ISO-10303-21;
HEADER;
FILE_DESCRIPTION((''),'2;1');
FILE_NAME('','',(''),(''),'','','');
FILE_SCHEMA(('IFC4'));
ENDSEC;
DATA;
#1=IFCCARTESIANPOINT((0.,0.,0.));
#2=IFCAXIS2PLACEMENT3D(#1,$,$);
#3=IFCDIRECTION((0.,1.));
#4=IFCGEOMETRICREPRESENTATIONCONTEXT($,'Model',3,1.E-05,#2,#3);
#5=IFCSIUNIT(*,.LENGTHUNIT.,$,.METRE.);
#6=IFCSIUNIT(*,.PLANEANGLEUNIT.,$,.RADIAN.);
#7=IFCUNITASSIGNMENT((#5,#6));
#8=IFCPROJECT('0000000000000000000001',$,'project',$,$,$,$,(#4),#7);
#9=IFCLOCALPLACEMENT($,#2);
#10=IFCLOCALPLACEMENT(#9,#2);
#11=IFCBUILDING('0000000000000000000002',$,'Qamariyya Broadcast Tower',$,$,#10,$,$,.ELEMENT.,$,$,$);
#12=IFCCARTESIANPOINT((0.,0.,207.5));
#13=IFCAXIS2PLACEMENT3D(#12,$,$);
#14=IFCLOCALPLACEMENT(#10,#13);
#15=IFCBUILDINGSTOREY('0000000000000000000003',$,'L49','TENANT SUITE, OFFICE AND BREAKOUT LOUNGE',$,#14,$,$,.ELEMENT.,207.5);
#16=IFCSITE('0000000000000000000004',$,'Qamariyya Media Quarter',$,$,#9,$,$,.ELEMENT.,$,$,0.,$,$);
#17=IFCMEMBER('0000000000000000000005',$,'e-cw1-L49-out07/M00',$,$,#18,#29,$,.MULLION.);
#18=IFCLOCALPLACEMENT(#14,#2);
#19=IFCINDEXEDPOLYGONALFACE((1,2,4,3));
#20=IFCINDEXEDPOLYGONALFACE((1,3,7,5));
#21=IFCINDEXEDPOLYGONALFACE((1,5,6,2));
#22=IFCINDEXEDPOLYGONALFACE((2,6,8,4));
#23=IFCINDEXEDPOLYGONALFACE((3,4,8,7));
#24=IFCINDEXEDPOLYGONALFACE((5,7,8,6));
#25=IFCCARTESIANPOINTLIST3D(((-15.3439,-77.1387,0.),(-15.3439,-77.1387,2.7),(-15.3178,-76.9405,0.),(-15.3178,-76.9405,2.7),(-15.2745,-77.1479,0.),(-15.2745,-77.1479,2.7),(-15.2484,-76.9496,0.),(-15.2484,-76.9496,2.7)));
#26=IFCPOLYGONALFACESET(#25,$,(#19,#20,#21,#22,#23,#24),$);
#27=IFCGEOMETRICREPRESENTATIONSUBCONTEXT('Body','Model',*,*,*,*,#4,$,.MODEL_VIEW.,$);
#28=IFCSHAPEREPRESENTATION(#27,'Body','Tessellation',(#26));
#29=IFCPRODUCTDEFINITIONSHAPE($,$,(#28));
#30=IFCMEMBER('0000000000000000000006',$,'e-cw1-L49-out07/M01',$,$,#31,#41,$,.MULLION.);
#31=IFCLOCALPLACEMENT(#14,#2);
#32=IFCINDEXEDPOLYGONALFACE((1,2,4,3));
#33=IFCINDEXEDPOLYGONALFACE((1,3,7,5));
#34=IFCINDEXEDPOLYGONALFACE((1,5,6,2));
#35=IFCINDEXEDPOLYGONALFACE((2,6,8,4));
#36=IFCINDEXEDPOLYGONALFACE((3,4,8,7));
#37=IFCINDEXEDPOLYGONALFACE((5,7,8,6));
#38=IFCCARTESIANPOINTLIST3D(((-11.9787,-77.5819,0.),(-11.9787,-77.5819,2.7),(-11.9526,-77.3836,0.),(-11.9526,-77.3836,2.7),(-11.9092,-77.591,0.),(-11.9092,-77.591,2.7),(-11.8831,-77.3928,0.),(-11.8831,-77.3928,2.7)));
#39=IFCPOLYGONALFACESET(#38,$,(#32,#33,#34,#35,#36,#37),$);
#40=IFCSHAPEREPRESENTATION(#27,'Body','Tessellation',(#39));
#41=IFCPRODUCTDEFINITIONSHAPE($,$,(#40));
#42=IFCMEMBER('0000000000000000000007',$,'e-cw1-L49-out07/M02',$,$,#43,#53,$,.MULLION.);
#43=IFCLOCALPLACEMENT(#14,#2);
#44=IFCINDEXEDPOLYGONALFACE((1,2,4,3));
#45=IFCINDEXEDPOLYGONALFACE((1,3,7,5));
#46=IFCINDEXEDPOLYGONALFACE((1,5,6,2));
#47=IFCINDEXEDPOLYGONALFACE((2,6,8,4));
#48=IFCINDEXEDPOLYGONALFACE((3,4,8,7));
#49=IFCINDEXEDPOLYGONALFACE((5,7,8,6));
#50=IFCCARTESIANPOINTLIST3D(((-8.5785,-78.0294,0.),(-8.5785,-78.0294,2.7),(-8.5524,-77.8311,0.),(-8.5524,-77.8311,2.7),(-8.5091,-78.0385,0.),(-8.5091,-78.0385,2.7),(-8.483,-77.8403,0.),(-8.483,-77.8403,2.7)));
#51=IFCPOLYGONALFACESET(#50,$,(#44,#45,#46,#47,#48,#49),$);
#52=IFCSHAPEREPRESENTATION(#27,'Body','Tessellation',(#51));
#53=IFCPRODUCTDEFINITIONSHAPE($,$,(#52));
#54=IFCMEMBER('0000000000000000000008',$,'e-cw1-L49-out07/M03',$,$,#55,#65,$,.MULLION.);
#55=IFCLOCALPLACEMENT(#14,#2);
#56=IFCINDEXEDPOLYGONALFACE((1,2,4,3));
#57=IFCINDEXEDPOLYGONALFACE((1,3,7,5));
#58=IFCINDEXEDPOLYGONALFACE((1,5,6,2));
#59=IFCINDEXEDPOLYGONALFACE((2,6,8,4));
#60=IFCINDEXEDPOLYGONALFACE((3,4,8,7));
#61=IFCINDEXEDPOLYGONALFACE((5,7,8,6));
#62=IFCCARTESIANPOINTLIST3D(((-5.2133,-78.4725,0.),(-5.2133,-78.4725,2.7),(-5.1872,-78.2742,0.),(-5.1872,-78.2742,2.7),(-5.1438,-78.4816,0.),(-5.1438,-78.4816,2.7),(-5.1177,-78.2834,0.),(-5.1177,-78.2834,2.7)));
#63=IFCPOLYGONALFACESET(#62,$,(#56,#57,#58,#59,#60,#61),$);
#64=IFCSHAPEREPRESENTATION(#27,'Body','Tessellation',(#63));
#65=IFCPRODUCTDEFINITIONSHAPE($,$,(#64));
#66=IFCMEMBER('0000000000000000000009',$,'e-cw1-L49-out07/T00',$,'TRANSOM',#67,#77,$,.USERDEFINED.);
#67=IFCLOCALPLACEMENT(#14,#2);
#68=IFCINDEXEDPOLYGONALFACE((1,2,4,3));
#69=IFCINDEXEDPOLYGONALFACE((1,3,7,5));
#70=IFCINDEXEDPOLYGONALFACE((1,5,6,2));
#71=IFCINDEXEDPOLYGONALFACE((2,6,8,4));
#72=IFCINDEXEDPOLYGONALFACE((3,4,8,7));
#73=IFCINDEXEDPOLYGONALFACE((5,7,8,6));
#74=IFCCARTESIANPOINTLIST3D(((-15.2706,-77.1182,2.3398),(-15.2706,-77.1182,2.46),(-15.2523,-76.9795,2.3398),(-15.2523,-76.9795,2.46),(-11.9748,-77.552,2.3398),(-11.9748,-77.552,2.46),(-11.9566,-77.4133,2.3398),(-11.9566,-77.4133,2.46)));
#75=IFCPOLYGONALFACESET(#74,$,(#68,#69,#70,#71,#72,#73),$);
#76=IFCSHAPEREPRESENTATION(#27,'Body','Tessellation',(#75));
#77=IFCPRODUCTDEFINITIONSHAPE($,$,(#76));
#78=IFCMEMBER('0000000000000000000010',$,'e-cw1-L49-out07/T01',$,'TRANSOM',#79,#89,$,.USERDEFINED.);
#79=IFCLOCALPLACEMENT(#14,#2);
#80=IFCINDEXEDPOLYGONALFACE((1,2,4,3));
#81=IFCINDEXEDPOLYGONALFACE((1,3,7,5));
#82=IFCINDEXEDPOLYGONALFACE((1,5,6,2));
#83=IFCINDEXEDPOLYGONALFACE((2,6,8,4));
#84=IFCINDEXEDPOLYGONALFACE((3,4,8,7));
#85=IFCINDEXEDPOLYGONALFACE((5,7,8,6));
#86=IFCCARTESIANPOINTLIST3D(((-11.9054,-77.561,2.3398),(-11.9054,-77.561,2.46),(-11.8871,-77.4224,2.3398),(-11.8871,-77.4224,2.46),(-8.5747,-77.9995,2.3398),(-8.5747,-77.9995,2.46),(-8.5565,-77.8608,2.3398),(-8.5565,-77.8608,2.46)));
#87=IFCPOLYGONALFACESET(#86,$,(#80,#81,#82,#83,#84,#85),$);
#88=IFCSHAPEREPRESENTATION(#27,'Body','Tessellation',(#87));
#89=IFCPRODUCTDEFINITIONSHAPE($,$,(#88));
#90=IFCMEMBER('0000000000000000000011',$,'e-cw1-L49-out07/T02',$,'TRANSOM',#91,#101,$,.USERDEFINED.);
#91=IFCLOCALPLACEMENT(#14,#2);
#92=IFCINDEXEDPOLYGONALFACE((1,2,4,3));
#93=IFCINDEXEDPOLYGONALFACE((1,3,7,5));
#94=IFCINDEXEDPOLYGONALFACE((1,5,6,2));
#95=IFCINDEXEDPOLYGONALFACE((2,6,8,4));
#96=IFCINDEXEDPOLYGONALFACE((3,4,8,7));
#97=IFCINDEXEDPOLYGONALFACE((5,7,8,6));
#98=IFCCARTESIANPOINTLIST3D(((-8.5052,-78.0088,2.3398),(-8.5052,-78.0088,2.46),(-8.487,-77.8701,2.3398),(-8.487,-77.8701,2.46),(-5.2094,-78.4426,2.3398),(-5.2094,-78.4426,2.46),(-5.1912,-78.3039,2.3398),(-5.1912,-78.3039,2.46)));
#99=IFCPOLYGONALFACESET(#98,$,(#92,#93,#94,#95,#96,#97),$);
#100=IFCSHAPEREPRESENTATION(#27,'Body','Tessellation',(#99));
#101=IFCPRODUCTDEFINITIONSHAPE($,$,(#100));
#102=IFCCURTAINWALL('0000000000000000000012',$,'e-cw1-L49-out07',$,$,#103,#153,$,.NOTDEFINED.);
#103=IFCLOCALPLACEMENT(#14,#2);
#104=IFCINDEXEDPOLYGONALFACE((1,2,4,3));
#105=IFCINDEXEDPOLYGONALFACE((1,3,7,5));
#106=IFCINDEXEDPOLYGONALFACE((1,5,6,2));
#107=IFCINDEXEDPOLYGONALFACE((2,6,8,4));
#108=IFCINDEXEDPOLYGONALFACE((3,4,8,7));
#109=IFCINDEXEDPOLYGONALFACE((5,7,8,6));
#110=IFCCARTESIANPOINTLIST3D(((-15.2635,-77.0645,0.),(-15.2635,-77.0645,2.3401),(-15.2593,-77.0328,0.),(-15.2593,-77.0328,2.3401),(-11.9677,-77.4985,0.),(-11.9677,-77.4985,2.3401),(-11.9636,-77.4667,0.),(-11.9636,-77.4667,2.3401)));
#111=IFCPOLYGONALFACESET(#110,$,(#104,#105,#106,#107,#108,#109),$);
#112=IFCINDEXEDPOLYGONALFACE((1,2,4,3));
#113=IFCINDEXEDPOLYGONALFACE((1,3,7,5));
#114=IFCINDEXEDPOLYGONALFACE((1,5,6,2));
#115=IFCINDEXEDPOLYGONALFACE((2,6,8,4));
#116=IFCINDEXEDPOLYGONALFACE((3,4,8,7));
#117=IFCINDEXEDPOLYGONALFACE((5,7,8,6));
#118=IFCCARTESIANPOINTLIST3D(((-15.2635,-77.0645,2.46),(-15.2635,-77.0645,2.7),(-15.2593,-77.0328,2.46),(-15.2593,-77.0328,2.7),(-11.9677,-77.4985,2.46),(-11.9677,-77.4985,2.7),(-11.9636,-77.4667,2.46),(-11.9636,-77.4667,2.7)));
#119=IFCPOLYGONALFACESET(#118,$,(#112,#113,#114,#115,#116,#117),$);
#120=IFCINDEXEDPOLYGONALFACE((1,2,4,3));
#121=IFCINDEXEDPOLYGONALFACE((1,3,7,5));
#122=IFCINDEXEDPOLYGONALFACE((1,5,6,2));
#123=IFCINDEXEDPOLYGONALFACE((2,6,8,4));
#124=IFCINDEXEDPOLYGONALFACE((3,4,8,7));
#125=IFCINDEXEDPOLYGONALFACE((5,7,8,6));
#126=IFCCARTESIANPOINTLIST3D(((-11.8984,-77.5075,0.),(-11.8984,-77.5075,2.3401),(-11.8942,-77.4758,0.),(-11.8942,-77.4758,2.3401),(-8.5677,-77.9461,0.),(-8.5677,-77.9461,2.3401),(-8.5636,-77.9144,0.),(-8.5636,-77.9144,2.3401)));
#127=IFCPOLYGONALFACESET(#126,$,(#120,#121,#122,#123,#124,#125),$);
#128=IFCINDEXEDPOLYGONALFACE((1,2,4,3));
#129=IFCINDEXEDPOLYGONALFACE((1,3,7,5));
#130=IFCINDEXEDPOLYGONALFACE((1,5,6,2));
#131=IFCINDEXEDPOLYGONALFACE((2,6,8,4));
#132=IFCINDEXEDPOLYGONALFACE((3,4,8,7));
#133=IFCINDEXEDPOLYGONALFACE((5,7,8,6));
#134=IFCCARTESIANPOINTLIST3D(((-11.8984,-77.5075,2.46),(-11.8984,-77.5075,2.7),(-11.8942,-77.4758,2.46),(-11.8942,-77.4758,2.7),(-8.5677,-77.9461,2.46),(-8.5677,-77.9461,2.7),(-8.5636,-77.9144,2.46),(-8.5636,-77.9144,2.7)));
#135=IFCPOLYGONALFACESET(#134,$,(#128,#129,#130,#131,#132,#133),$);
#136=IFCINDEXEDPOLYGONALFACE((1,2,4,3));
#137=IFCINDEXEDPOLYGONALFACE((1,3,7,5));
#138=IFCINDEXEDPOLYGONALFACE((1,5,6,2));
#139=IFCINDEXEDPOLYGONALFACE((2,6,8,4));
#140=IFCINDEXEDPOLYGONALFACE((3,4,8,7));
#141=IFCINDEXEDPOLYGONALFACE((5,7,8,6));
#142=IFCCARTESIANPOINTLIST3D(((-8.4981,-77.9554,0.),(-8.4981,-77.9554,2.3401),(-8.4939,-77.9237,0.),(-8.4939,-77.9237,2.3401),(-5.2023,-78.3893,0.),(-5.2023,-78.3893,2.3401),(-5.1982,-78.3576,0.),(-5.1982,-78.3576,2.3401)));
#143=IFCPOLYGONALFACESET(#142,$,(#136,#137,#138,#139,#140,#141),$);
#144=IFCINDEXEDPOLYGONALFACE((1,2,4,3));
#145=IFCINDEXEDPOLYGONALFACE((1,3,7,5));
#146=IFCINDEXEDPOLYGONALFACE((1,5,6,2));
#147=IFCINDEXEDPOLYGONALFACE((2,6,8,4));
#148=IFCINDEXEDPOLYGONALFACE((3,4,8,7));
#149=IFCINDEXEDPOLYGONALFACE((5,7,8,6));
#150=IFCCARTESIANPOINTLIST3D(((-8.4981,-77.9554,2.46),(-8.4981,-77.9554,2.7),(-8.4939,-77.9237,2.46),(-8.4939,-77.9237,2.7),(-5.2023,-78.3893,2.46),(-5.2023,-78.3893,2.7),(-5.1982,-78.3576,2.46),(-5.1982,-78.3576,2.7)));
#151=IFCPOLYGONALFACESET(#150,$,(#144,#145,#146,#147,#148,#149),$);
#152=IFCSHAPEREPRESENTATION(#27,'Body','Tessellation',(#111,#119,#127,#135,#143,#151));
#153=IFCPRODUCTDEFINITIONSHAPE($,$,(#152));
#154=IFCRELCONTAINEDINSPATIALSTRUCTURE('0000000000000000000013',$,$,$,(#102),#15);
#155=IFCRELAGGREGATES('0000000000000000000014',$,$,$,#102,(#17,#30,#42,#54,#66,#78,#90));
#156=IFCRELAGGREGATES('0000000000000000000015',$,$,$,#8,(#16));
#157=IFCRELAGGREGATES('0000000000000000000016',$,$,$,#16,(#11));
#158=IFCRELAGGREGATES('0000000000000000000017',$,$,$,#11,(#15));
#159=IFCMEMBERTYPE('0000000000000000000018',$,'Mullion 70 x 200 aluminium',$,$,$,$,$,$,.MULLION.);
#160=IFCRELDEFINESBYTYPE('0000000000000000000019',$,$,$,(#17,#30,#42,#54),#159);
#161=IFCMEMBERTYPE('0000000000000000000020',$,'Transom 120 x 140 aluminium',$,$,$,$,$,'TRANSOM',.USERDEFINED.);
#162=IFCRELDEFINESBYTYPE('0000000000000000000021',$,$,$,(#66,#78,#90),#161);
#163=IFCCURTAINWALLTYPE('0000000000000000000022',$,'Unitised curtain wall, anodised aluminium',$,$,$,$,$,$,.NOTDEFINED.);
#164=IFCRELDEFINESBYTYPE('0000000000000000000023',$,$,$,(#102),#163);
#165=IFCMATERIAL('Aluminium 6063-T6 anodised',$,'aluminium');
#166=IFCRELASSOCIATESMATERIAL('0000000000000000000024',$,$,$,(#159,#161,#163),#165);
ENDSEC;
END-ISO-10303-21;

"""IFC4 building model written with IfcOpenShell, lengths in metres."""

from ifc_helpers import new_model, si_unit, direction, frame, origin, origin_2d, place, context, subcontext, project, spatial, rectangle, extrude, material, material_profile, profile_set, type_object, element, aggregate, save


model = new_model("IFC4")

# Units and contexts
model_context = context("Model", 3, precision=1e-05, world=origin(), true_north=direction((0.0, 1.0)))
body_context = subcontext(model_context, "Body", "Model", "MODEL_VIEW")
ifc_project = project(units=[si_unit("LENGTHUNIT", "METRE"), si_unit("PLANEANGLEUNIT", "RADIAN")], contexts=[model_context])

# Members
ifc_material = material(Name="Aluminium 6063-T6 anodised", Category="aluminium")
ifc_material_profile_1 = material_profile(ifc_material, rectangle(XDim=0.2, YDim=0.0701, at=origin_2d()))
ifc_profile_set_1 = profile_set([ifc_material_profile_1], Name="Aluminium 6063-T6 anodised")
member_type_1 = type_object("IfcMemberType", Name="Mullion 70 x 200 aluminium", PredefinedType="MULLION", material=ifc_profile_set_1)
site_placement = place(None, origin())
building_placement = place(site_placement, origin())
storey_placement = place(building_placement, frame((0.0, 0.0, 207.5)))
member_1_placement = place(storey_placement, frame((-15.2961, -77.0442, 0.0), z_axis=(0.0, 0.0, 1.0), x_axis=(0.130526, 0.991445, 0.0)))
member_1 = element("IfcMember", 1, at=member_1_placement, type_object=member_type_1, Name="e-cw1-L49-out07/M00", PredefinedType="MULLION", context=body_context, shape_type="SweptSolid", body=[
    extrude(rectangle(XDim=0.2, YDim=0.0701, at=origin_2d()), origin(), (0.0, 0.0, 1.0), 2.7),
])
member_2_placement = place(storey_placement, frame((-11.9309, -77.4873, 0.0), z_axis=(0.0, 0.0, 1.0), x_axis=(0.130526, 0.991445, 0.0)))
member_2 = element("IfcMember", 2, at=member_2_placement, type_object=member_type_1, Name="e-cw1-L49-out07/M01", PredefinedType="MULLION", context=body_context, shape_type="SweptSolid", body=[
    extrude(rectangle(XDim=0.2, YDim=0.0701, at=origin_2d()), origin(), (0.0, 0.0, 1.0), 2.7),
])
member_3_placement = place(storey_placement, frame((-8.5308, -77.9348, 0.0), z_axis=(0.0, 0.0, 1.0), x_axis=(0.130526, 0.991445, 0.0)))
member_3 = element("IfcMember", 3, at=member_3_placement, type_object=member_type_1, Name="e-cw1-L49-out07/M02", PredefinedType="MULLION", context=body_context, shape_type="SweptSolid", body=[
    extrude(rectangle(XDim=0.2, YDim=0.0701, at=origin_2d()), origin(), (0.0, 0.0, 1.0), 2.7),
])
member_4_placement = place(storey_placement, frame((-5.1655, -78.3779, 0.0), z_axis=(0.0, 0.0, 1.0), x_axis=(0.130526, 0.991445, 0.0)))
member_4 = element("IfcMember", 4, at=member_4_placement, type_object=member_type_1, Name="e-cw1-L49-out07/M03", PredefinedType="MULLION", context=body_context, shape_type="SweptSolid", body=[
    extrude(rectangle(XDim=0.2, YDim=0.0701, at=origin_2d()), origin(), (0.0, 0.0, 1.0), 2.7),
])
ifc_material_profile_2 = material_profile(ifc_material, rectangle(XDim=0.1399, YDim=0.1201, at=origin_2d()))
ifc_profile_set_2 = profile_set([ifc_material_profile_2], Name="Aluminium 6063-T6 anodised")
member_type_2 = type_object("IfcMemberType", Name="Transom 120 x 140 aluminium", ElementType="TRANSOM", PredefinedType="USERDEFINED", material=ifc_profile_set_2)
member_5_placement = place(storey_placement, frame((-15.2615, -77.0488, 2.3999), z_axis=(0.991448, -0.130504, 0.0), x_axis=(0.130504, 0.991448, 0.0)))
member_5 = element("IfcMember", 5, at=member_5_placement, type_object=member_type_2, Name="e-cw1-L49-out07/T00", ObjectType="TRANSOM", PredefinedType="USERDEFINED", context=body_context, shape_type="SweptSolid", body=[
    extrude(rectangle(XDim=0.1399, YDim=0.1201, at=origin_2d()), origin(), (0.0, 0.0, 1.0), 3.3242),
])
member_6_placement = place(storey_placement, frame((-11.8962, -77.4917, 2.3999), z_axis=(0.991445, -0.130526, 0.0), x_axis=(0.130526, 0.991445, 0.0)))
member_6 = element("IfcMember", 6, at=member_6_placement, type_object=member_type_2, Name="e-cw1-L49-out07/T01", ObjectType="TRANSOM", PredefinedType="USERDEFINED", context=body_context, shape_type="SweptSolid", body=[
    extrude(rectangle(XDim=0.1399, YDim=0.1201, at=origin_2d()), origin(), (0.0, 0.0, 1.0), 3.3594),
])
member_7_placement = place(storey_placement, frame((-8.4961, -77.9395, 2.3999), z_axis=(0.991448, -0.130504, 0.0), x_axis=(0.130504, 0.991448, 0.0)))
member_7 = element("IfcMember", 7, at=member_7_placement, type_object=member_type_2, Name="e-cw1-L49-out07/T02", ObjectType="TRANSOM", PredefinedType="USERDEFINED", context=body_context, shape_type="SweptSolid", body=[
    extrude(rectangle(XDim=0.1399, YDim=0.1201, at=origin_2d()), origin(), (0.0, 0.0, 1.0), 3.3242),
])

# Site, building, storey
site = spatial("IfcSite", under=ifc_project, at=site_placement, Name="Qamariyya Media Quarter", CompositionType="ELEMENT", RefElevation=0.0)
building = spatial("IfcBuilding", under=site, at=building_placement, Name="Qamariyya Broadcast Tower", CompositionType="ELEMENT")
storey = spatial("IfcBuildingStorey", under=building, at=storey_placement, Name="L49", Description="TENANT SUITE, OFFICE AND BREAKOUT LOUNGE", CompositionType="ELEMENT", Elevation=207.5)

# Curtain wall
curtain_wall_type = type_object("IfcCurtainWallType", Name="Unitised curtain wall, anodised aluminium", PredefinedType="NOTDEFINED", material=ifc_material)
curtain_wall_1_placement = place(storey_placement, origin())
curtain_wall_1 = element("IfcCurtainWall", 8, at=curtain_wall_1_placement, inside=storey, type_object=curtain_wall_type, Name="e-cw1-L49-out07", PredefinedType="NOTDEFINED", context=body_context, shape_type="SweptSolid", body=[
    extrude(rectangle(XDim=3.3242, YDim=0.032, at=origin_2d()), frame((-13.6135, -77.2656, 0.0), x_axis=(0.991443, -0.130542, 0.0)), (0.0, 0.0, 1.0), 2.3401),
    extrude(rectangle(XDim=3.3242, YDim=0.032, at=origin_2d()), frame((-13.6135, -77.2656, 2.46), x_axis=(0.991443, -0.130542, 0.0)), (0.0, 0.0, 1.0), 0.24),
    extrude(rectangle(XDim=3.3594, YDim=0.032, at=origin_2d()), frame((-10.231, -77.7109, 0.0), x_axis=(0.991443, -0.130542, 0.0)), (0.0, 0.0, 1.0), 2.3401),
    extrude(rectangle(XDim=3.3594, YDim=0.032, at=origin_2d()), frame((-10.231, -77.7109, 2.46), x_axis=(0.991443, -0.130542, 0.0)), (0.0, 0.0, 1.0), 0.24),
    extrude(rectangle(XDim=3.3242, YDim=0.032, at=origin_2d()), frame((-6.8481, -78.1565, 0.0), x_axis=(0.991443, -0.130542, 0.0)), (0.0, 0.0, 1.0), 2.3401),
    extrude(rectangle(XDim=3.3242, YDim=0.032, at=origin_2d()), frame((-6.8481, -78.1565, 2.46), x_axis=(0.991443, -0.130542, 0.0)), (0.0, 0.0, 1.0), 0.24),
])
aggregate(curtain_wall_1, [member_1, member_2, member_3, member_4, member_5, member_6, member_7])

save(model, "model.ifc")
